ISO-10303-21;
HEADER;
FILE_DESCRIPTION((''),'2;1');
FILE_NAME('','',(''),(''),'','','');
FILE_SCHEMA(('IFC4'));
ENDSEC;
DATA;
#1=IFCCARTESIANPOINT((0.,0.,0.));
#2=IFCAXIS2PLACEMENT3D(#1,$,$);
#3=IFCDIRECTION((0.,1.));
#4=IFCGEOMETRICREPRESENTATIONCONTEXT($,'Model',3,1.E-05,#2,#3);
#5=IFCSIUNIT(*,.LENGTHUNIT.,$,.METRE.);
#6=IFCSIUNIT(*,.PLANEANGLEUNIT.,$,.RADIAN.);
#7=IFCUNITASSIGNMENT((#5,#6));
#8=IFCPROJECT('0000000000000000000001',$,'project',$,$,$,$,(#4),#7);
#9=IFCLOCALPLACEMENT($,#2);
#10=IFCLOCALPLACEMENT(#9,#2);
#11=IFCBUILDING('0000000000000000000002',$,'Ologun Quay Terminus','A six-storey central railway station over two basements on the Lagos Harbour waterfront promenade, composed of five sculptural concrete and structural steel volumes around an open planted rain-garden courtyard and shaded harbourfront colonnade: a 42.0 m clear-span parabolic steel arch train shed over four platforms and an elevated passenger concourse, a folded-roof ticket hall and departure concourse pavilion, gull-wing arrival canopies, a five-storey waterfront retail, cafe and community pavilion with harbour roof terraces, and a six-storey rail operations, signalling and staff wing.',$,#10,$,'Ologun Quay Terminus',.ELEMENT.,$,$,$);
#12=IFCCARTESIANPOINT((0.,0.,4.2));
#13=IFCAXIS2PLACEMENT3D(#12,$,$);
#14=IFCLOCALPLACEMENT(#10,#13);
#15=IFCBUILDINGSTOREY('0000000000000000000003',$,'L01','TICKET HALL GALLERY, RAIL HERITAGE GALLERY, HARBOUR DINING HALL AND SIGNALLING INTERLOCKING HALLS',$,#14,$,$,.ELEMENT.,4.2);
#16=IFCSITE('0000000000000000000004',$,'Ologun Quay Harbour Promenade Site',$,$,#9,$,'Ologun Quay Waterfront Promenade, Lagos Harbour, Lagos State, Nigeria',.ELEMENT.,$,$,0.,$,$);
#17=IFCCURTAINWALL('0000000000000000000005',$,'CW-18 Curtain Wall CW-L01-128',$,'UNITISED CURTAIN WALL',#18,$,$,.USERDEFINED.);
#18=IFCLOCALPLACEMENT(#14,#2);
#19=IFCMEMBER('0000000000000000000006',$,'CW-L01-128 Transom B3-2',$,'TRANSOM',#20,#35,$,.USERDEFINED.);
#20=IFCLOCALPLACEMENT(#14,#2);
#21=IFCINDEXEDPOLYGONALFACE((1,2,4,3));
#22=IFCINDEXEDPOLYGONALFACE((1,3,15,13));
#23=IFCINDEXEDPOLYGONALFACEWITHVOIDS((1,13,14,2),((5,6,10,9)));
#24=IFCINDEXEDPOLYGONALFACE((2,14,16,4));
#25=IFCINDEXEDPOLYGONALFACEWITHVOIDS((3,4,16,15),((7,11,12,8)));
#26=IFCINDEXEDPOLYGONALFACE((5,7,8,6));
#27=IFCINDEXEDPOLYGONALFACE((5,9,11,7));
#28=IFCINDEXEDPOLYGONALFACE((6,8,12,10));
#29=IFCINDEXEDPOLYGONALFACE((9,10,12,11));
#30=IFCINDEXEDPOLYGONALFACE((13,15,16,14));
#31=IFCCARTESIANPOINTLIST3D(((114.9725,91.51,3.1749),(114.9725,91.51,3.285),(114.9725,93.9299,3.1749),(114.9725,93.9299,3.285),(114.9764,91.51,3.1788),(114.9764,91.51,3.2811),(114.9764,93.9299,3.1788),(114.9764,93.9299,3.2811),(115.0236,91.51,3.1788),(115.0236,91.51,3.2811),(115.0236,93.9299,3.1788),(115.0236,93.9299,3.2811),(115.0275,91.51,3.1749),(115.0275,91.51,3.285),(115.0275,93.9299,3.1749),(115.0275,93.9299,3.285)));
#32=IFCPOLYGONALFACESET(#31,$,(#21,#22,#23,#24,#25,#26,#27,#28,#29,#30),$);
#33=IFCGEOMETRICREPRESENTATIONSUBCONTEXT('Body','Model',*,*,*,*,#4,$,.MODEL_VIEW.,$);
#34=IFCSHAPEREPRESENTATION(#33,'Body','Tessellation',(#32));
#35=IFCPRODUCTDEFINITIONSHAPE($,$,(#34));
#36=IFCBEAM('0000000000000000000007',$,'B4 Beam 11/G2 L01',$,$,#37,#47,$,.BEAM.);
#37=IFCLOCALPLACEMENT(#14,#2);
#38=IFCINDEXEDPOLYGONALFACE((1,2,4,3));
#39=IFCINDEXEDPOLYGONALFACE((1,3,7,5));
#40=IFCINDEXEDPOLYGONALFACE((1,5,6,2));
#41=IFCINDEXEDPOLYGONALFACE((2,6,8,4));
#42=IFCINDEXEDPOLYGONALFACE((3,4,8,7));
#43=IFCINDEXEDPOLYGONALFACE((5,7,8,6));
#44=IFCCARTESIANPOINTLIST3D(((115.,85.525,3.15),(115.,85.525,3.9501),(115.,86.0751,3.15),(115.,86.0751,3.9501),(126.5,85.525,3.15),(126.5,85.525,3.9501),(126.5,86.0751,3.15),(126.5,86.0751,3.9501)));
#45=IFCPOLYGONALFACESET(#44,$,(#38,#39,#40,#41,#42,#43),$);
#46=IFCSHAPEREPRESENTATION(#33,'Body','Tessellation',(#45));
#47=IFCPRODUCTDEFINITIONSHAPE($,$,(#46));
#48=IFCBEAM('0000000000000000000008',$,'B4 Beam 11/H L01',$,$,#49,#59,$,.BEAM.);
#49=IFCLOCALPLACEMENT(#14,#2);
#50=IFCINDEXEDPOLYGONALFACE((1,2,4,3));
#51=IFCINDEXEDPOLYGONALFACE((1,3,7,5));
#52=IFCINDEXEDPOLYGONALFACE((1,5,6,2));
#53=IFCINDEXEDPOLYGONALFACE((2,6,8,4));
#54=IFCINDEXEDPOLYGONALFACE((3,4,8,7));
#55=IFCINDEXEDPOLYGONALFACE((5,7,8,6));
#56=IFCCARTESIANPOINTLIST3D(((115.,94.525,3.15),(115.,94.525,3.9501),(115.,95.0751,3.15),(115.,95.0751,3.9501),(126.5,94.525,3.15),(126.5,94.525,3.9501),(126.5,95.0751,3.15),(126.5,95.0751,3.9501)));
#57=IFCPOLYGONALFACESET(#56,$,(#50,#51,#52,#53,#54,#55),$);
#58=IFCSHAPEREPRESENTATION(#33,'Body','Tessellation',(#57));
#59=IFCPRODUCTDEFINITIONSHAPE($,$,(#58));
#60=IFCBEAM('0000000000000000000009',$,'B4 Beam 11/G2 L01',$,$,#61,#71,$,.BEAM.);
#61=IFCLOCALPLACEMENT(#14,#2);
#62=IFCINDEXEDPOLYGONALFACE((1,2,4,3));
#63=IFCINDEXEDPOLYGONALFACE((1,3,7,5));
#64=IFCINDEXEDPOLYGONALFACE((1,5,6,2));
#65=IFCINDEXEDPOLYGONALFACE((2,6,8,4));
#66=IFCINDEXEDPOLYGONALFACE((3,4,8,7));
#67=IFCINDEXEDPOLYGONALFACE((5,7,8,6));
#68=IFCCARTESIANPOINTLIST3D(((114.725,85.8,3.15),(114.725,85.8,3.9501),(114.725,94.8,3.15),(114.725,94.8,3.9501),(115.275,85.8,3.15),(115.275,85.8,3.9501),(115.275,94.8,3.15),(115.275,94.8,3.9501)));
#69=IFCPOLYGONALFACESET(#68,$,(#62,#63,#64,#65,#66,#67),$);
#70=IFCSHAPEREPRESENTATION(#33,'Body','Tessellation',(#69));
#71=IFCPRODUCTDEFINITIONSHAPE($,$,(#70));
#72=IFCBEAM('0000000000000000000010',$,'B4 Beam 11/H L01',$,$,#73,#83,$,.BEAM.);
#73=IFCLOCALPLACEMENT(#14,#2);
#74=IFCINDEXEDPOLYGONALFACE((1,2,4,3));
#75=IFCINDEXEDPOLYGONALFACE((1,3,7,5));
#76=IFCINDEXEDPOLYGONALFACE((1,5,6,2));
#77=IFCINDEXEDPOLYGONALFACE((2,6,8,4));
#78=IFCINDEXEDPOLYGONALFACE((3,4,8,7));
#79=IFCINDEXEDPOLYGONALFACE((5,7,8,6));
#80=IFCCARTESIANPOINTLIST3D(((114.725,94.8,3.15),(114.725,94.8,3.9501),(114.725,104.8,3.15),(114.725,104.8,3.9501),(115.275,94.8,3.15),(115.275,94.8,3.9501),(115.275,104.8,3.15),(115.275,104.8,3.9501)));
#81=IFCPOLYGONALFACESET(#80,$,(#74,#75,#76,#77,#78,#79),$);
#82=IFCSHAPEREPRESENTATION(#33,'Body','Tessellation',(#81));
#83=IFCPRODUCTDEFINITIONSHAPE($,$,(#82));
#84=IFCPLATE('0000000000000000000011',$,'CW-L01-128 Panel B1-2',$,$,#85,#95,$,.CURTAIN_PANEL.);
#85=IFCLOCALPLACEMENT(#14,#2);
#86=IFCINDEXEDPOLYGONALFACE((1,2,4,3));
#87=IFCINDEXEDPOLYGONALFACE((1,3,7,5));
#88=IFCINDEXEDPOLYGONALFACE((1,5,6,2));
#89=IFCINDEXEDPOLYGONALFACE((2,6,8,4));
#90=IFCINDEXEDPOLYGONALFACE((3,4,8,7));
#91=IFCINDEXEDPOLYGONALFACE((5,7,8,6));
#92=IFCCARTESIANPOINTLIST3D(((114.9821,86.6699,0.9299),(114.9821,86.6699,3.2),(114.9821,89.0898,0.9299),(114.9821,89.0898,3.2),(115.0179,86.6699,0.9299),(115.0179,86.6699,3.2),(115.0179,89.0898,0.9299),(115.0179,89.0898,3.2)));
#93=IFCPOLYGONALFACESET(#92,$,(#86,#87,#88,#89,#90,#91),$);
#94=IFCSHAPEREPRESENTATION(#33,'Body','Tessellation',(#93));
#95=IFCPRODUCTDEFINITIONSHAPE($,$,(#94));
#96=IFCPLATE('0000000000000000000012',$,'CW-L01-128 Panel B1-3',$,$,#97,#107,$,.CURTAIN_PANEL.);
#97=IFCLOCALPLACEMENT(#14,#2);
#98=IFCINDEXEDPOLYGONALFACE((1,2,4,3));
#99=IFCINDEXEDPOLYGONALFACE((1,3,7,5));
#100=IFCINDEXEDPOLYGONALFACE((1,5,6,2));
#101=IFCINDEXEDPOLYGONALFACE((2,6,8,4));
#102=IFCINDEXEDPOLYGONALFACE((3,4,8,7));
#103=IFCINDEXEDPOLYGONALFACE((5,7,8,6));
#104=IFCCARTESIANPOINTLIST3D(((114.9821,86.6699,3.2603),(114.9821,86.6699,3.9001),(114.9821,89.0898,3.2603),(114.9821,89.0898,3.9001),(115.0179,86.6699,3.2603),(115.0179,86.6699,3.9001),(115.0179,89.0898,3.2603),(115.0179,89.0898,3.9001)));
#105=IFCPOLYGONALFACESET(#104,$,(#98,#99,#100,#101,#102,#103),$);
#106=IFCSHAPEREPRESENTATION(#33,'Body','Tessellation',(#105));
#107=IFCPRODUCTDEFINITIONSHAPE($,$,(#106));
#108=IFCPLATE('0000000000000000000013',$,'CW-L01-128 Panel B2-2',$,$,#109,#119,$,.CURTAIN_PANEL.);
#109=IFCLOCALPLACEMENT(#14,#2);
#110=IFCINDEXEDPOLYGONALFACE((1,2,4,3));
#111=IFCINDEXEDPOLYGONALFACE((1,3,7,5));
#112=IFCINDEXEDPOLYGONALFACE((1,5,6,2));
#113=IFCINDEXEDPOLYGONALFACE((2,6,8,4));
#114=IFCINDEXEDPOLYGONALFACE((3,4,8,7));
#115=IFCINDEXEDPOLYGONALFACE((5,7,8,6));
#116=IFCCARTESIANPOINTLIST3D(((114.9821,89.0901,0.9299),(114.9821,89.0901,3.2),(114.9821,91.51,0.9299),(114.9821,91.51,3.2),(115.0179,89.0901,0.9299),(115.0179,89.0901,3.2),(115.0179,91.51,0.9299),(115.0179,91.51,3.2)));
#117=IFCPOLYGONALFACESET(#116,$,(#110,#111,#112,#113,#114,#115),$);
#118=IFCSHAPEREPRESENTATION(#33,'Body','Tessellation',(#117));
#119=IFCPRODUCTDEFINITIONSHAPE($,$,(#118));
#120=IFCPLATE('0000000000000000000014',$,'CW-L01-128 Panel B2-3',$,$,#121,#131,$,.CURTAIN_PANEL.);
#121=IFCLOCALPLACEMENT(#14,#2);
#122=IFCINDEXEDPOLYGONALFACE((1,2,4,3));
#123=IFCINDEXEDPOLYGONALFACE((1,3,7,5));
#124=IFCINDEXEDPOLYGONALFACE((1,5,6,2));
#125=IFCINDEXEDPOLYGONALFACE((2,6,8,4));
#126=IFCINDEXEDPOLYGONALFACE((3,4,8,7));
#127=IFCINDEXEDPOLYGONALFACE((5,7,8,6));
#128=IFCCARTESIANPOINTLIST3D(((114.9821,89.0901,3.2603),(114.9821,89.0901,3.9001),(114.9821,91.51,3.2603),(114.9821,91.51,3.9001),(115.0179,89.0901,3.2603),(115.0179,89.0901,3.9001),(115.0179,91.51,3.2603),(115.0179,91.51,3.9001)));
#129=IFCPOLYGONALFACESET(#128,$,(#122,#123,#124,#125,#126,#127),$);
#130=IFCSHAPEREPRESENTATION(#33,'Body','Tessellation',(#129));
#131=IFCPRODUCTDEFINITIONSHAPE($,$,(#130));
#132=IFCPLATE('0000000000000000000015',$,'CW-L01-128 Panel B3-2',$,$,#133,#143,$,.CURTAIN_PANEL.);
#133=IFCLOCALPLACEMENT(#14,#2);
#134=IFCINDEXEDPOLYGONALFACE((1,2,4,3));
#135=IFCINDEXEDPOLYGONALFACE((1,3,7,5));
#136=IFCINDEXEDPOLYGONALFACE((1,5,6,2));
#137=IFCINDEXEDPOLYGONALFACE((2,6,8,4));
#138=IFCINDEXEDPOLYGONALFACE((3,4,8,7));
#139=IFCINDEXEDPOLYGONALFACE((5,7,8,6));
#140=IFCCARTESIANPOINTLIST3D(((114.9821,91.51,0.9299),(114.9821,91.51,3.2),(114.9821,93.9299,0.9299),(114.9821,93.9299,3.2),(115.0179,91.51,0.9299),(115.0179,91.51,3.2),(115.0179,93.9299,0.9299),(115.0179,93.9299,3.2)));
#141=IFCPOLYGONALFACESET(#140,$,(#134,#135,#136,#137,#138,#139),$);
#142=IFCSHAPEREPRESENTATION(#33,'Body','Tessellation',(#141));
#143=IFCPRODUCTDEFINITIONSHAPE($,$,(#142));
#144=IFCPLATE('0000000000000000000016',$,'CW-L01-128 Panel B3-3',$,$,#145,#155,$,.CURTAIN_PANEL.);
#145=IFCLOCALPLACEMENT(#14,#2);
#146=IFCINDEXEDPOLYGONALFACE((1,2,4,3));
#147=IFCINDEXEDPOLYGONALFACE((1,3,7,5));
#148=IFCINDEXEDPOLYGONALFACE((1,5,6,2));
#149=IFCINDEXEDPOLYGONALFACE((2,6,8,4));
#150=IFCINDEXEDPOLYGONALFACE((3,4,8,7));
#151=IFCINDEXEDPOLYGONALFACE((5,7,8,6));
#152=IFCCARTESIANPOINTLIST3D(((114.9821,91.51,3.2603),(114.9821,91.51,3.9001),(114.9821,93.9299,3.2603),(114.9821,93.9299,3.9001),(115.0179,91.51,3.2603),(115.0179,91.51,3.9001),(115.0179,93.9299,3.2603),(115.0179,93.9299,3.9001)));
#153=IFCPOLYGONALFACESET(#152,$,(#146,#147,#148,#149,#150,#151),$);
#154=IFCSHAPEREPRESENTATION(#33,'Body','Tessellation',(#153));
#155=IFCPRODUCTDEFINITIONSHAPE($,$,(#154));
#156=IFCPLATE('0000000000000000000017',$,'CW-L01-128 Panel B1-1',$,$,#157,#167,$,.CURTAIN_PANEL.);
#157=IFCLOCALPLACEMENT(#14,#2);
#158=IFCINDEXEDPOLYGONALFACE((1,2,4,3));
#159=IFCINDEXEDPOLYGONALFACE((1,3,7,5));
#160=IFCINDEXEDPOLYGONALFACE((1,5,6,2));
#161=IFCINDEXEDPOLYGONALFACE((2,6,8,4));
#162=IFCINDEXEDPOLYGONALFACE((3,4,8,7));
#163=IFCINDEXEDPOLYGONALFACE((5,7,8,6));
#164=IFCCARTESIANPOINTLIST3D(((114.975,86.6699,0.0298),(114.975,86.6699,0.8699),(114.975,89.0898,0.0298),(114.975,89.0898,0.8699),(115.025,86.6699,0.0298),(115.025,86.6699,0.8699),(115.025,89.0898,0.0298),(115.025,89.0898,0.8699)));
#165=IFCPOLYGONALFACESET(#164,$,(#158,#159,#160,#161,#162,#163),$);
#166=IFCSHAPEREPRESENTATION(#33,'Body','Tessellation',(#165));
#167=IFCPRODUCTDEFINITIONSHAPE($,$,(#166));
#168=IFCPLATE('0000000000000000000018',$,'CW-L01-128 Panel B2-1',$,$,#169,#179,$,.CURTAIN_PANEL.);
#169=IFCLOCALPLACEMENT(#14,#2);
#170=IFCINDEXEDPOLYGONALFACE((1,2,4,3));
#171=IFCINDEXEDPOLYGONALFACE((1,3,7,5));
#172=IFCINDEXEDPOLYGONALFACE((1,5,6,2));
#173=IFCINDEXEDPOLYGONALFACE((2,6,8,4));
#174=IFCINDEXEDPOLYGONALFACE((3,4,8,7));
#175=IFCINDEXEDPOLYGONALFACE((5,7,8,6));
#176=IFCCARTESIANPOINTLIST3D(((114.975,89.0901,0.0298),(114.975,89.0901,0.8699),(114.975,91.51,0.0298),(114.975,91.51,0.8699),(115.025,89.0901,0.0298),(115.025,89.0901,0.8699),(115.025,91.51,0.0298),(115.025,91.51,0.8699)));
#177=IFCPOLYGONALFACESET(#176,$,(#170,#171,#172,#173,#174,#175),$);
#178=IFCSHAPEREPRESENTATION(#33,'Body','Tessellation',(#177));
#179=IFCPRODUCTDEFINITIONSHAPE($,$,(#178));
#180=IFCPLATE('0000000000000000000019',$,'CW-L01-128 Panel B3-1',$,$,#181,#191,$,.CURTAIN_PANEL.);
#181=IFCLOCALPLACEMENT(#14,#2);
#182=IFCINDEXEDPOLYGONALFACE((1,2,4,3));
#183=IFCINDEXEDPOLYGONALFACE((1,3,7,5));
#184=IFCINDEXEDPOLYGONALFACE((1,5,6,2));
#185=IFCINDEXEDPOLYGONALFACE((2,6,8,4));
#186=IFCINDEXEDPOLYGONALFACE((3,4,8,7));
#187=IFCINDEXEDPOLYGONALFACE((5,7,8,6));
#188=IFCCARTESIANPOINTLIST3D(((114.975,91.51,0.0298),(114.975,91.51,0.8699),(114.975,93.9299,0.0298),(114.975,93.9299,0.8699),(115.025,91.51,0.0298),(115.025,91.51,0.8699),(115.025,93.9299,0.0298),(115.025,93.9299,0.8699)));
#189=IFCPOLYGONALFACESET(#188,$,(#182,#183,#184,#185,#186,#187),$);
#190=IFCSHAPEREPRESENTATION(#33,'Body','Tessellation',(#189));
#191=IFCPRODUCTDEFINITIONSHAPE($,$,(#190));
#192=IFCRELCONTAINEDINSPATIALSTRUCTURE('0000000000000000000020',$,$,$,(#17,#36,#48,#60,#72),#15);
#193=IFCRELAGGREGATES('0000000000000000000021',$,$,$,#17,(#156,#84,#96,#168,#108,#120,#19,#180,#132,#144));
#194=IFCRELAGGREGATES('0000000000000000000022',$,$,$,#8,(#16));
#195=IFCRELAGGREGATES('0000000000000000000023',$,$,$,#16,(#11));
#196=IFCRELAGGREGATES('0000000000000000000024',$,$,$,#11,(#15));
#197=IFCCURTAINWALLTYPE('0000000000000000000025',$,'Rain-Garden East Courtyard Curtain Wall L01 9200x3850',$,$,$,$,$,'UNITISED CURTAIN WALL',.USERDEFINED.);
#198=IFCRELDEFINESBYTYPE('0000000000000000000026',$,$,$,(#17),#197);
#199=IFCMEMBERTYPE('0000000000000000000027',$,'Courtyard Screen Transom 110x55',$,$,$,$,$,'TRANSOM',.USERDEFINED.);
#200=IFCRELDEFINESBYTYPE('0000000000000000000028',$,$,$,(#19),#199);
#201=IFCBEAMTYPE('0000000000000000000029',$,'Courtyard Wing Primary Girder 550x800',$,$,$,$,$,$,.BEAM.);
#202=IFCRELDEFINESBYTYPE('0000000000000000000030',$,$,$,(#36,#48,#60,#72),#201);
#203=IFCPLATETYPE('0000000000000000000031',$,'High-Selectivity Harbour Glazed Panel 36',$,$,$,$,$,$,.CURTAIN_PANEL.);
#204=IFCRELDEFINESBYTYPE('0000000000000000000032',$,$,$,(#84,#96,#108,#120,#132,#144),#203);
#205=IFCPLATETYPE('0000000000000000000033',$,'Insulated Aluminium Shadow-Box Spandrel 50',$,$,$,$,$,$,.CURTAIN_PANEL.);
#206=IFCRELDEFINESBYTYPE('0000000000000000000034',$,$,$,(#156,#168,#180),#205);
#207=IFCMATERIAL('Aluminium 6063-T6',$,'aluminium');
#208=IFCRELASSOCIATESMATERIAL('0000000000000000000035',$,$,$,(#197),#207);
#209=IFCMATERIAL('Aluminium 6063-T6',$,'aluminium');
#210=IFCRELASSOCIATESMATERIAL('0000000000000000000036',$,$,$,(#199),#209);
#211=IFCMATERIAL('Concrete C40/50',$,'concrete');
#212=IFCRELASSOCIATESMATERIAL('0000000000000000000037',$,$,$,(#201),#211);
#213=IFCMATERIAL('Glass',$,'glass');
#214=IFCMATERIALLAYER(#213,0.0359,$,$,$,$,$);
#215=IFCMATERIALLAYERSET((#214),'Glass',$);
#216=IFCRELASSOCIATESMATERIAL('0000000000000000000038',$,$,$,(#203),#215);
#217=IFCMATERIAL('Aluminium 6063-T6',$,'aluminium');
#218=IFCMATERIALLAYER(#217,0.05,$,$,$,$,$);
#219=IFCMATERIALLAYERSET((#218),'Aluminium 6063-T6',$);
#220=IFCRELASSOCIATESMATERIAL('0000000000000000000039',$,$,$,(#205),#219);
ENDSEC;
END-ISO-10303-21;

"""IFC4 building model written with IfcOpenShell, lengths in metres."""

from ifc_helpers import new_model, si_unit, direction, frame, origin, origin_2d, place, context, subcontext, project, spatial, rectangle, hollow_rectangle, extrude, material, layer, layer_set, material_profile, profile_set, type_object, element, aggregate, save


model = new_model("IFC4")

# Units and contexts
model_context = context("Model", 3, precision=1e-05, world=origin(), true_north=direction((0.0, 1.0)))
body_context = subcontext(model_context, "Body", "Model", "MODEL_VIEW")
ifc_project = project(units=[si_unit("LENGTHUNIT", "METRE"), si_unit("PLANEANGLEUNIT", "RADIAN")], contexts=[model_context])

# Site, building, storey
site_placement = place(None, origin())
site = spatial("IfcSite", under=ifc_project, at=site_placement, Name="Ologun Quay Harbour Promenade Site", LongName="Ologun Quay Waterfront Promenade, Lagos Harbour, Lagos State, Nigeria", CompositionType="ELEMENT", RefElevation=0.0)
building_placement = place(site_placement, origin())
building = spatial("IfcBuilding", under=site, at=building_placement, Name="Ologun Quay Terminus", Description="A six-storey central railway station over two basements on the Lagos Harbour waterfront promenade, composed of five sculptural concrete and structural steel volumes around an open planted rain-garden courtyard and shaded harbourfront colonnade: a 42.0 m clear-span parabolic steel arch train shed over four platforms and an elevated passenger concourse, a folded-roof ticket hall and departure concourse pavilion, gull-wing arrival canopies, a five-storey waterfront retail, cafe and community pavilion with harbour roof terraces, and a six-storey rail operations, signalling and staff wing.", LongName="Ologun Quay Terminus", CompositionType="ELEMENT")
storey_placement = place(building_placement, frame((0.0, 0.0, 4.2)))
storey = spatial("IfcBuildingStorey", under=building, at=storey_placement, Name="L01", Description="TICKET HALL GALLERY, RAIL HERITAGE GALLERY, HARBOUR DINING HALL AND SIGNALLING INTERLOCKING HALLS", CompositionType="ELEMENT", Elevation=4.2)

# Curtain wall, member
ifc_material_1 = material(Name="Aluminium 6063-T6", Category="aluminium")
curtain_wall_type = type_object("IfcCurtainWallType", Name="Rain-Garden East Courtyard Curtain Wall L01 9200x3850", ElementType="UNITISED CURTAIN WALL", PredefinedType="USERDEFINED", material=ifc_material_1)
curtain_wall_placement = place(storey_placement, origin())
curtain_wall = element("IfcCurtainWall", 1, at=curtain_wall_placement, inside=storey, type_object=curtain_wall_type, Name="CW-18 Curtain Wall CW-L01-128", ObjectType="UNITISED CURTAIN WALL", PredefinedType="USERDEFINED")
ifc_material_2 = material(Name="Aluminium 6063-T6", Category="aluminium")
ifc_material_profile_1 = material_profile(ifc_material_2, hollow_rectangle(XDim=0.0549, YDim=0.1101, WallThickness=0.0039, at=origin_2d()), Name="ALU 110x55x4")
ifc_profile_set_1 = profile_set([ifc_material_profile_1], Name="Aluminium 6063-T6")
member_type_1 = type_object("IfcMemberType", Name="Courtyard Screen Transom 110x55", ElementType="TRANSOM", PredefinedType="USERDEFINED", material=ifc_profile_set_1)
member_1_placement = place(storey_placement, frame((115.0, 91.51, 3.23), z_axis=(0.0, 1.0, 0.0), x_axis=(-1.0, 0.0, 0.0)))
member_1 = element("IfcMember", 2, at=member_1_placement, type_object=member_type_1, Name="CW-L01-128 Transom B3-2", ObjectType="TRANSOM", PredefinedType="USERDEFINED", context=body_context, shape_type="SweptSolid", body=[
    extrude(hollow_rectangle(XDim=0.0549, YDim=0.1101, WallThickness=0.0039, at=origin_2d()), origin(), (0.0, 0.0, 1.0), 2.4199),
])

# Beams
ifc_material_3 = material(Name="Concrete C40/50", Category="concrete")
ifc_material_profile_2 = material_profile(ifc_material_3, rectangle(XDim=0.55, YDim=0.8, at=origin_2d()), Name="RC 550x800")
ifc_profile_set_2 = profile_set([ifc_material_profile_2], Name="Concrete C40/50")
beam_type = type_object("IfcBeamType", Name="Courtyard Wing Primary Girder 550x800", PredefinedType="BEAM", material=ifc_profile_set_2)
for number, where, z_axis, x_axis, name in (
    (3, (115.0, 85.8, 3.55), (1.0, 0.0, 0.0), (0.0, 1.0, 0.0), "B4 Beam 11/G2 L01"),
    (4, (115.0, 94.8, 3.55), (1.0, 0.0, 0.0), (0.0, 1.0, 0.0), "B4 Beam 11/H L01"),
):
    element("IfcBeam", number, at=place(storey_placement, frame(where, z_axis=z_axis, x_axis=x_axis)), inside=storey, type_object=beam_type, Name=name, PredefinedType="BEAM", context=body_context, shape_type="SweptSolid", body=[
        extrude(rectangle(XDim=0.55, YDim=0.8, at=origin_2d()), origin(), (0.0, 0.0, 1.0), 11.5),
    ])
beam_1_placement = place(storey_placement, frame((115.0, 85.8, 3.55), z_axis=(0.0, 1.0, 0.0), x_axis=(-1.0, 0.0, 0.0)))
element("IfcBeam", 5, at=beam_1_placement, inside=storey, type_object=beam_type, Name="B4 Beam 11/G2 L01", PredefinedType="BEAM", context=body_context, shape_type="SweptSolid", body=[
    extrude(rectangle(XDim=0.55, YDim=0.8, at=origin_2d()), origin(), (0.0, 0.0, 1.0), 9.0),
])
beam_2_placement = place(storey_placement, frame((115.0, 94.8, 3.55), z_axis=(0.0, 1.0, 0.0), x_axis=(-1.0, 0.0, 0.0)))
element("IfcBeam", 6, at=beam_2_placement, inside=storey, type_object=beam_type, Name="B4 Beam 11/H L01", PredefinedType="BEAM", context=body_context, shape_type="SweptSolid", body=[
    extrude(rectangle(XDim=0.55, YDim=0.8, at=origin_2d()), origin(), (0.0, 0.0, 1.0), 10.0),
])

# Plates
ifc_material_4 = material(Name="Glass", Category="glass")
ifc_layer_1 = layer(ifc_material_4, 0.0359)
ifc_layer_set_1 = layer_set([ifc_layer_1], Name="Glass")
plate_type_1 = type_object("IfcPlateType", Name="High-Selectivity Harbour Glazed Panel 36", PredefinedType="CURTAIN_PANEL", material=ifc_layer_set_1)
plate_1_placement = place(storey_placement, frame((115.0, 87.8799, 0.9299), z_axis=(0.0, 0.0, 1.0), x_axis=(0.0, 1.0, 0.0)))
plate_1 = element("IfcPlate", 7, at=plate_1_placement, type_object=plate_type_1, Name="CW-L01-128 Panel B1-2", PredefinedType="CURTAIN_PANEL", context=body_context, shape_type="SweptSolid", body=[
    extrude(rectangle(XDim=2.4199, YDim=0.0359, at=origin_2d()), origin(), (0.0, 0.0, 1.0), 2.27),
])
plate_2_placement = place(storey_placement, frame((115.0, 87.8799, 3.2603), z_axis=(0.0, 0.0, 1.0), x_axis=(0.0, 1.0, 0.0)))
plate_2 = element("IfcPlate", 8, at=plate_2_placement, type_object=plate_type_1, Name="CW-L01-128 Panel B1-3", PredefinedType="CURTAIN_PANEL", context=body_context, shape_type="SweptSolid", body=[
    extrude(rectangle(XDim=2.4199, YDim=0.0359, at=origin_2d()), origin(), (0.0, 0.0, 1.0), 0.6399),
])
plate_3_placement = place(storey_placement, frame((115.0, 90.3, 0.9299), z_axis=(0.0, 0.0, 1.0), x_axis=(0.0, 1.0, 0.0)))
plate_3 = element("IfcPlate", 9, at=plate_3_placement, type_object=plate_type_1, Name="CW-L01-128 Panel B2-2", PredefinedType="CURTAIN_PANEL", context=body_context, shape_type="SweptSolid", body=[
    extrude(rectangle(XDim=2.4199, YDim=0.0359, at=origin_2d()), origin(), (0.0, 0.0, 1.0), 2.27),
])
plate_4_placement = place(storey_placement, frame((115.0, 90.3, 3.2603), z_axis=(0.0, 0.0, 1.0), x_axis=(0.0, 1.0, 0.0)))
plate_4 = element("IfcPlate", 10, at=plate_4_placement, type_object=plate_type_1, Name="CW-L01-128 Panel B2-3", PredefinedType="CURTAIN_PANEL", context=body_context, shape_type="SweptSolid", body=[
    extrude(rectangle(XDim=2.4199, YDim=0.0359, at=origin_2d()), origin(), (0.0, 0.0, 1.0), 0.6399),
])
plate_5_placement = place(storey_placement, frame((115.0, 92.72, 0.9299), z_axis=(0.0, 0.0, 1.0), x_axis=(0.0, 1.0, 0.0)))
plate_5 = element("IfcPlate", 11, at=plate_5_placement, type_object=plate_type_1, Name="CW-L01-128 Panel B3-2", PredefinedType="CURTAIN_PANEL", context=body_context, shape_type="SweptSolid", body=[
    extrude(rectangle(XDim=2.4199, YDim=0.0359, at=origin_2d()), origin(), (0.0, 0.0, 1.0), 2.27),
])
plate_6_placement = place(storey_placement, frame((115.0, 92.72, 3.2603), z_axis=(0.0, 0.0, 1.0), x_axis=(0.0, 1.0, 0.0)))
plate_6 = element("IfcPlate", 12, at=plate_6_placement, type_object=plate_type_1, Name="CW-L01-128 Panel B3-3", PredefinedType="CURTAIN_PANEL", context=body_context, shape_type="SweptSolid", body=[
    extrude(rectangle(XDim=2.4199, YDim=0.0359, at=origin_2d()), origin(), (0.0, 0.0, 1.0), 0.6399),
])
ifc_material_5 = material(Name="Aluminium 6063-T6", Category="aluminium")
ifc_layer_2 = layer(ifc_material_5, 0.05)
ifc_layer_set_2 = layer_set([ifc_layer_2], Name="Aluminium 6063-T6")
plate_type_2 = type_object("IfcPlateType", Name="Insulated Aluminium Shadow-Box Spandrel 50", PredefinedType="CURTAIN_PANEL", material=ifc_layer_set_2)
plate_7_placement = place(storey_placement, frame((115.0, 87.8799, 0.0298), z_axis=(0.0, 0.0, 1.0), x_axis=(0.0, 1.0, 0.0)))
plate_7 = element("IfcPlate", 13, at=plate_7_placement, type_object=plate_type_2, Name="CW-L01-128 Panel B1-1", PredefinedType="CURTAIN_PANEL", context=body_context, shape_type="SweptSolid", body=[
    extrude(rectangle(XDim=2.4199, YDim=0.05, at=origin_2d()), origin(), (0.0, 0.0, 1.0), 0.8401),
])
plate_8_placement = place(storey_placement, frame((115.0, 90.3, 0.0298), z_axis=(0.0, 0.0, 1.0), x_axis=(0.0, 1.0, 0.0)))
plate_8 = element("IfcPlate", 14, at=plate_8_placement, type_object=plate_type_2, Name="CW-L01-128 Panel B2-1", PredefinedType="CURTAIN_PANEL", context=body_context, shape_type="SweptSolid", body=[
    extrude(rectangle(XDim=2.4199, YDim=0.05, at=origin_2d()), origin(), (0.0, 0.0, 1.0), 0.8401),
])
plate_9_placement = place(storey_placement, frame((115.0, 92.72, 0.0298), z_axis=(0.0, 0.0, 1.0), x_axis=(0.0, 1.0, 0.0)))
plate_9 = element("IfcPlate", 15, at=plate_9_placement, type_object=plate_type_2, Name="CW-L01-128 Panel B3-1", PredefinedType="CURTAIN_PANEL", context=body_context, shape_type="SweptSolid", body=[
    extrude(rectangle(XDim=2.4199, YDim=0.05, at=origin_2d()), origin(), (0.0, 0.0, 1.0), 0.8401),
])
aggregate(curtain_wall, [plate_7, plate_1, plate_2, plate_8, plate_3, plate_4, member_1, plate_9, plate_5, plate_6])

save(model, "model.ifc")
